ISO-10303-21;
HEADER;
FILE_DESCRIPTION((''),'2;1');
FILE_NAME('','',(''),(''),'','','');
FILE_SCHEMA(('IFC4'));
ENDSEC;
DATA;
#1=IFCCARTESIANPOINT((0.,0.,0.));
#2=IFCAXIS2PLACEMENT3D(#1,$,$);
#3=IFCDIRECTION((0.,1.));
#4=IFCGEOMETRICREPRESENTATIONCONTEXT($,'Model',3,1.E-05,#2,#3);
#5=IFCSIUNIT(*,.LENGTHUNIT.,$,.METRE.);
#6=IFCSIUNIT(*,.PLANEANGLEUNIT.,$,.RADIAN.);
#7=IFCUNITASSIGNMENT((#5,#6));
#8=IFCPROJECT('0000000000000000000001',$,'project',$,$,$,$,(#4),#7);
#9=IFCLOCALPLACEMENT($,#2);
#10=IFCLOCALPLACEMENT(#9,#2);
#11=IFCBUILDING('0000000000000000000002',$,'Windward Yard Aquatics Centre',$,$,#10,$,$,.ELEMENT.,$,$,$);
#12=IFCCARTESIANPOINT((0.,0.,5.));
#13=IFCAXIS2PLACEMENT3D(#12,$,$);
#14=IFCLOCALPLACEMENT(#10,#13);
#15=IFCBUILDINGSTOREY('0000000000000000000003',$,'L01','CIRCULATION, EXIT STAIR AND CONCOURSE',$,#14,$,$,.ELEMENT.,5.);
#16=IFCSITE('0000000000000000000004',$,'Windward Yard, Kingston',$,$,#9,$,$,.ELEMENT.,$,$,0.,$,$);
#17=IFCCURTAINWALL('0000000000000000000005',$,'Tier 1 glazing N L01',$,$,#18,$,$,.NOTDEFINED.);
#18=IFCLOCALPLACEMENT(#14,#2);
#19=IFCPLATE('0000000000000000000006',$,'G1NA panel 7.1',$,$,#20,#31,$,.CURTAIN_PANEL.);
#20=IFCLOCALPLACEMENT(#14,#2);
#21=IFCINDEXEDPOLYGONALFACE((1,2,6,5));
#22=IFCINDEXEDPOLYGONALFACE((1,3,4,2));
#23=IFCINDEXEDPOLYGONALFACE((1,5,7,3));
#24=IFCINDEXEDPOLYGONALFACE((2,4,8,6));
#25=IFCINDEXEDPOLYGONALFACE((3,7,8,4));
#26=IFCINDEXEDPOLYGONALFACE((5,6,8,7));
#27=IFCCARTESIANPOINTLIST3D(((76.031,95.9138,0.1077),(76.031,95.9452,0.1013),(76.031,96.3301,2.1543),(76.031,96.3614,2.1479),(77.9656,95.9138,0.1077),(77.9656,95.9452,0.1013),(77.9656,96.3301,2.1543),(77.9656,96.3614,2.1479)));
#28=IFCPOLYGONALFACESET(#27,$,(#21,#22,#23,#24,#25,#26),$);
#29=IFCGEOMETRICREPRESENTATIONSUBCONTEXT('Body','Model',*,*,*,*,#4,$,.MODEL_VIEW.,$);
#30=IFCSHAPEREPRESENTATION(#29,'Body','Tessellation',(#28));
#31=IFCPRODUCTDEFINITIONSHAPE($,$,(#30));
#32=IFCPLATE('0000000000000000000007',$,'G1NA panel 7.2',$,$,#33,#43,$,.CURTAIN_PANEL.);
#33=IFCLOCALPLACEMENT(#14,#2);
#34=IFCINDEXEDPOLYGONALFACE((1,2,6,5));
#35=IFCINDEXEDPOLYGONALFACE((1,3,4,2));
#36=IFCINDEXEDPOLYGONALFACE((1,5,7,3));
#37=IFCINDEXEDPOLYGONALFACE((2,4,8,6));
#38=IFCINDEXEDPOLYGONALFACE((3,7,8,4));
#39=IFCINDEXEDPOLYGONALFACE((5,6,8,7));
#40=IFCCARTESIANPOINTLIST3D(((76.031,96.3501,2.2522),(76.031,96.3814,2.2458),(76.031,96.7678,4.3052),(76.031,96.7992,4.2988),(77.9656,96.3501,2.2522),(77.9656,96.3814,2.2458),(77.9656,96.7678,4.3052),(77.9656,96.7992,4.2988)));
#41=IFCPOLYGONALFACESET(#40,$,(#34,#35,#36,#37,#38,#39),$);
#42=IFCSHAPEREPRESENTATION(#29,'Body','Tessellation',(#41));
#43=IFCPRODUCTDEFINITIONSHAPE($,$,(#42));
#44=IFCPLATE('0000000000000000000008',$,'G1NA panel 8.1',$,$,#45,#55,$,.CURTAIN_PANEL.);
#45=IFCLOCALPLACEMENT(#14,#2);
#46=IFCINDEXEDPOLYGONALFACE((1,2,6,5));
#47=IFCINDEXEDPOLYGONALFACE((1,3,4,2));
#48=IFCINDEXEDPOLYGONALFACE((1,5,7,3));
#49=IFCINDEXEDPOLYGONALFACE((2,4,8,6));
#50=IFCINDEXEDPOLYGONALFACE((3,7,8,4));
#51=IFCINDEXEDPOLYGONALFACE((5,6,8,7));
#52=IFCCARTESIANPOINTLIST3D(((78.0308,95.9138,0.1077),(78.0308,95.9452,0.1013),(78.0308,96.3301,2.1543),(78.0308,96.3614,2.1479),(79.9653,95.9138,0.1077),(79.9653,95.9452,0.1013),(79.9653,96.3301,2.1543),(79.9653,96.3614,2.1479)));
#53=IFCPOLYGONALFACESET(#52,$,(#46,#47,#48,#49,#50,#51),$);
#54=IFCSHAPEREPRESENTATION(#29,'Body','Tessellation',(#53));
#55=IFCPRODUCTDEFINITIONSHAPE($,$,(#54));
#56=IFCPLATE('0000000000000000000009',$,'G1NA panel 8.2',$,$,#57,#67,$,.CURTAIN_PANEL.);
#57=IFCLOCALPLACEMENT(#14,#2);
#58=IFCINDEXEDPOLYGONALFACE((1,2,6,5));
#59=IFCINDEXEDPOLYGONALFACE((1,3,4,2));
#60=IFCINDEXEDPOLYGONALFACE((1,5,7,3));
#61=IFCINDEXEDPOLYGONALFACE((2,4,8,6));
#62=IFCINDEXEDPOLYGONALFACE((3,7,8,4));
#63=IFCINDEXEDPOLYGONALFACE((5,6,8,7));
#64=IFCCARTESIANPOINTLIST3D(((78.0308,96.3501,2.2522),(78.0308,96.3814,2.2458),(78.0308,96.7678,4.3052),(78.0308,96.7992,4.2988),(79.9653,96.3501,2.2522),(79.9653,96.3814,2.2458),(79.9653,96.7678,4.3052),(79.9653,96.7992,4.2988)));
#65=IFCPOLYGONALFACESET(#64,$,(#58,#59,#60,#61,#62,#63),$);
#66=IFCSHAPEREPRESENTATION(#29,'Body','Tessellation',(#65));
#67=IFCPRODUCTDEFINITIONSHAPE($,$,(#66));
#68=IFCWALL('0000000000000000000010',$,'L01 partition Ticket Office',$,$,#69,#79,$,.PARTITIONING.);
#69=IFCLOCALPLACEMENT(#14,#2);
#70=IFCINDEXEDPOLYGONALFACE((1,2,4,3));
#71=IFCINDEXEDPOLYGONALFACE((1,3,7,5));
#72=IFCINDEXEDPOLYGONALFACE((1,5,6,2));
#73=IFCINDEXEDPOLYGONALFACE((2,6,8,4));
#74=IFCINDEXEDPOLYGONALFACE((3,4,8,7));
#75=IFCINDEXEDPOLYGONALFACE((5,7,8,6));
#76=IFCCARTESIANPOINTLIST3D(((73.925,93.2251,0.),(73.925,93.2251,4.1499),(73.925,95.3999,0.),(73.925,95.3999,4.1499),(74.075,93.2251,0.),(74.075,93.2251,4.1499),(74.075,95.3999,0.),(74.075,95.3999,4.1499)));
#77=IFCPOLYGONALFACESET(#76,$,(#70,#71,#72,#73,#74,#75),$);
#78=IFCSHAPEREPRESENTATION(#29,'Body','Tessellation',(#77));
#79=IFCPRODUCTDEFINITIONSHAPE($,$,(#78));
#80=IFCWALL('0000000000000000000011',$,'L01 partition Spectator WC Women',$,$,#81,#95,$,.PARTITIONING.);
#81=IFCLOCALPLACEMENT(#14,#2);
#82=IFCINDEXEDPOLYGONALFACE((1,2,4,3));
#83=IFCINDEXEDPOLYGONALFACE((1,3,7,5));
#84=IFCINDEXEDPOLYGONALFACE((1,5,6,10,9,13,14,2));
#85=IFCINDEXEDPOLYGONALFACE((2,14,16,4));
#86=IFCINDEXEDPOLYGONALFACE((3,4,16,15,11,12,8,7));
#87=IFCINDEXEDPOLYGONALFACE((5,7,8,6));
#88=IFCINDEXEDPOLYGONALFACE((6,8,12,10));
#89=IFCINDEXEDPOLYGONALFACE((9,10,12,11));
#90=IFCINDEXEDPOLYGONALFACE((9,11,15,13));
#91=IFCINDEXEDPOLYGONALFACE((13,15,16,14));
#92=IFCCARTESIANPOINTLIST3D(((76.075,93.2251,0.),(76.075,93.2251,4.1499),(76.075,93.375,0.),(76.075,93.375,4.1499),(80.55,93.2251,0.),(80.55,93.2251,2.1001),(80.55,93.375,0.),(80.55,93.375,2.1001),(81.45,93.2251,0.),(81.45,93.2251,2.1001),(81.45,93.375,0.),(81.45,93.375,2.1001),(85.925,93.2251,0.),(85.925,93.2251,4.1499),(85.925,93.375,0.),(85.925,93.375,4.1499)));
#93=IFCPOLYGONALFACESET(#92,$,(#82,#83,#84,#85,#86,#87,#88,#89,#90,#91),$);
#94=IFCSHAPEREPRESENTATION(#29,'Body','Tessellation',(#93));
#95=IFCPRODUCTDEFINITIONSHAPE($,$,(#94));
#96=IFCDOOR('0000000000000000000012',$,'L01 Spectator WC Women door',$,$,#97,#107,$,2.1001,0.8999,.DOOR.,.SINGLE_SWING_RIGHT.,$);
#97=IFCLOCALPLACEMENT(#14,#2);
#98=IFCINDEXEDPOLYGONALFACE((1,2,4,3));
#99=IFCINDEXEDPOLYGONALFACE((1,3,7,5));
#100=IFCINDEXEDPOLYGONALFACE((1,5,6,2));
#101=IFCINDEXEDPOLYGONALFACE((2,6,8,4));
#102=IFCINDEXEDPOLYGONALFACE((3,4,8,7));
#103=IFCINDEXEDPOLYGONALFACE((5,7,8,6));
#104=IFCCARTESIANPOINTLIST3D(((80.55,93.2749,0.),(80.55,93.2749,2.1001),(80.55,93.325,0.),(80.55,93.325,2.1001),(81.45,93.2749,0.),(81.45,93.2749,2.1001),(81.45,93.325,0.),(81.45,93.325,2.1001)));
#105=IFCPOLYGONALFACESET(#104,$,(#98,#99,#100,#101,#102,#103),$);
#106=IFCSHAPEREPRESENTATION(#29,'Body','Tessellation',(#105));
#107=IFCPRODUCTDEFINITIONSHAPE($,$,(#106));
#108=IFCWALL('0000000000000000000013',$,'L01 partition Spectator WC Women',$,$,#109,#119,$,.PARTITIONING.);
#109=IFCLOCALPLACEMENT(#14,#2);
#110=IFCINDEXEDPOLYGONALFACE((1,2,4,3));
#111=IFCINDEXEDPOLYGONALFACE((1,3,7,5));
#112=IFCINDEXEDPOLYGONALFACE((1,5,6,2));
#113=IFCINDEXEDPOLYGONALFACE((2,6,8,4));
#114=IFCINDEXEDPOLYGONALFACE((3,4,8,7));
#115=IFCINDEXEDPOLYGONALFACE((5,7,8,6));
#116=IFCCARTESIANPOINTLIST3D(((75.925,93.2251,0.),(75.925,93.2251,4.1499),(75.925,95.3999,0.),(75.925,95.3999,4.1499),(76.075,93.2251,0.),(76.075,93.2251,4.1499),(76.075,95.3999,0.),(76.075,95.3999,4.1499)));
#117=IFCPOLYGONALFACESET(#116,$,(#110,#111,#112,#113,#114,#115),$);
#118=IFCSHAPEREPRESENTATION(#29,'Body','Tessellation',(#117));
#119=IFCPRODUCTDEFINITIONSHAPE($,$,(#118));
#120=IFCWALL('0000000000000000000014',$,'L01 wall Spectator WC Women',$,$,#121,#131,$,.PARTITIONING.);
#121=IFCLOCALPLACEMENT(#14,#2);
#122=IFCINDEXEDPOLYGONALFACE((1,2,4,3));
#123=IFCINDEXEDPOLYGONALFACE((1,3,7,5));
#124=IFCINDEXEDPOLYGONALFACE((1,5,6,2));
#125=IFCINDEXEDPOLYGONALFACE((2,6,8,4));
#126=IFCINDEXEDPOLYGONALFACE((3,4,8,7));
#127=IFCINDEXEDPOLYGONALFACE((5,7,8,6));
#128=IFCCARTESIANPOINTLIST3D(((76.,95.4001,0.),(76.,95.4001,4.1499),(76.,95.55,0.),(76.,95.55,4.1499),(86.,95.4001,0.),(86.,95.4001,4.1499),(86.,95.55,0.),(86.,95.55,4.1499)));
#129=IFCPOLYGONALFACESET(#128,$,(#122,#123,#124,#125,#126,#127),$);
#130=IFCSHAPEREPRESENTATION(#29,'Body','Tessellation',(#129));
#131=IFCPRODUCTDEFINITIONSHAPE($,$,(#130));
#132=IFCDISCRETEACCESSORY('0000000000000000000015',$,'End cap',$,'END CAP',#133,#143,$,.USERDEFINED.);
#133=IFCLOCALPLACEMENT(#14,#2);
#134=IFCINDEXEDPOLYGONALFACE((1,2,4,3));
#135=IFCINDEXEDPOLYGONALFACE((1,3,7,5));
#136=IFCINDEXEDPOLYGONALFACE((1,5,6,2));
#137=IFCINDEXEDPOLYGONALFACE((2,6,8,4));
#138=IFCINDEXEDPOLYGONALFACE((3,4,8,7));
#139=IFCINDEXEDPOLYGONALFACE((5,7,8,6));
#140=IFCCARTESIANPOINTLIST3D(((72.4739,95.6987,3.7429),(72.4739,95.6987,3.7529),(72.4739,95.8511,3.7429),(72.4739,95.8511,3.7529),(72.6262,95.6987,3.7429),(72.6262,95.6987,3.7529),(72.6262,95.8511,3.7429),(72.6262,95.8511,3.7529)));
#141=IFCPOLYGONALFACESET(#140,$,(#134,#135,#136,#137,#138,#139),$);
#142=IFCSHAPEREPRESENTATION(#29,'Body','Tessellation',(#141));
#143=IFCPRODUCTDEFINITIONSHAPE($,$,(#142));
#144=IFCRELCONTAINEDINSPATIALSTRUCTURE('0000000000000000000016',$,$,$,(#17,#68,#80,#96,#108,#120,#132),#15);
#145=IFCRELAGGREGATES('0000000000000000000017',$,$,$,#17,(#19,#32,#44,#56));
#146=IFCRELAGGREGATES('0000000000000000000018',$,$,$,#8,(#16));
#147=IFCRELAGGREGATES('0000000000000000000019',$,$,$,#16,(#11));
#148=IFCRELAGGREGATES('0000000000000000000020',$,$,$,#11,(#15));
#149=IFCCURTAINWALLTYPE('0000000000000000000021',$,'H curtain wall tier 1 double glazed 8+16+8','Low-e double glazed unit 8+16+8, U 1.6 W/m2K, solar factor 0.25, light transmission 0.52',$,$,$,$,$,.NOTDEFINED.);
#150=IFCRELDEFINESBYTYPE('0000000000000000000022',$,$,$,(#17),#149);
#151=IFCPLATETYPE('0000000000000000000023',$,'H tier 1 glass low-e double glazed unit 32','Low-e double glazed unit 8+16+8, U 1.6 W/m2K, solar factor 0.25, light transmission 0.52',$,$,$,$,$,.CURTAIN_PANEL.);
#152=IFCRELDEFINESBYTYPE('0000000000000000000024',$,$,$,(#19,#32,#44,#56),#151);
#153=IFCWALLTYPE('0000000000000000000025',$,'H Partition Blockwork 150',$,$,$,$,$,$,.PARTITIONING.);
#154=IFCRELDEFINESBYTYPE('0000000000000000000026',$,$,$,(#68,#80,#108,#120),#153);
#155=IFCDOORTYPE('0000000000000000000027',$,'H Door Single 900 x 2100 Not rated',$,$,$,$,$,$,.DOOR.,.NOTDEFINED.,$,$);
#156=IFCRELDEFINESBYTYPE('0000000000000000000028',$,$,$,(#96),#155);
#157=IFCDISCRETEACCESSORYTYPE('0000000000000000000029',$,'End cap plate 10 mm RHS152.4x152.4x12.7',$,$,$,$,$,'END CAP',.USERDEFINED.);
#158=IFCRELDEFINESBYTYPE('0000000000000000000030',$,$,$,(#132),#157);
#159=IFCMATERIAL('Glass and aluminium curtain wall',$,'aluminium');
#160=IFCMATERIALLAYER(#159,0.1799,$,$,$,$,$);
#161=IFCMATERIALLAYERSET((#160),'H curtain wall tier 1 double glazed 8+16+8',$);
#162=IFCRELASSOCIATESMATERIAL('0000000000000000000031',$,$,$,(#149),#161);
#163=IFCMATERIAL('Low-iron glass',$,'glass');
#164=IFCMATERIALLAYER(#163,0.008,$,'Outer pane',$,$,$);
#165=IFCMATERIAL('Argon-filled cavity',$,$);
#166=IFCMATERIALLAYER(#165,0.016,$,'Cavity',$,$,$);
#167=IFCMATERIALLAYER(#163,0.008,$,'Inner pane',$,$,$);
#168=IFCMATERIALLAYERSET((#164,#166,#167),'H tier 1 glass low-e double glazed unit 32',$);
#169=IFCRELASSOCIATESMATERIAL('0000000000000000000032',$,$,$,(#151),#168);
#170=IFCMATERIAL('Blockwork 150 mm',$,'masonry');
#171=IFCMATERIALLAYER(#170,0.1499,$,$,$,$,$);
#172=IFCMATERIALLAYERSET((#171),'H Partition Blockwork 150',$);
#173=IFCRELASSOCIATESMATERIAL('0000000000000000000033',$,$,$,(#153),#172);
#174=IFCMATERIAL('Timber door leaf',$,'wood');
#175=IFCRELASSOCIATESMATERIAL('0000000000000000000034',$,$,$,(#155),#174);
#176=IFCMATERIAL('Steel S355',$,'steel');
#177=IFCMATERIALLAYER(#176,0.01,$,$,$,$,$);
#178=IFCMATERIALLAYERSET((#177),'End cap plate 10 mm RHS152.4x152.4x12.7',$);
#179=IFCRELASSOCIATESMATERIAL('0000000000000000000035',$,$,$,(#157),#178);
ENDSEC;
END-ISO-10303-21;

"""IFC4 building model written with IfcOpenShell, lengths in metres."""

from ifc_helpers import new_model, si_unit, direction, frame, frame_2d, origin, origin_2d, place, context, subcontext, project, spatial, polyline, rectangle, outline, extrude, material, layer, layer_set, type_object, element, fill, aggregate, save


model = new_model("IFC4")

# Units and contexts
model_context = context("Model", 3, precision=1e-05, world=origin(), true_north=direction((0.0, 1.0)))
body_context = subcontext(model_context, "Body", "Model", "MODEL_VIEW")
ifc_project = project(units=[si_unit("LENGTHUNIT", "METRE"), si_unit("PLANEANGLEUNIT", "RADIAN")], contexts=[model_context])

# Site, building, storey
site_placement = place(None, origin())
site = spatial("IfcSite", under=ifc_project, at=site_placement, Name="Windward Yard, Kingston", CompositionType="ELEMENT", RefElevation=0.0)
building_placement = place(site_placement, origin())
building = spatial("IfcBuilding", under=site, at=building_placement, Name="Windward Yard Aquatics Centre", CompositionType="ELEMENT")
storey_placement = place(building_placement, frame((0.0, 0.0, 5.0)))
storey = spatial("IfcBuildingStorey", under=building, at=storey_placement, Name="L01", Description="CIRCULATION, EXIT STAIR AND CONCOURSE", CompositionType="ELEMENT", Elevation=5.0)

# Curtain wall, plates
ifc_material_1 = material(Name="Glass and aluminium curtain wall", Category="aluminium")
ifc_layer_1 = layer(ifc_material_1, 0.1799)
ifc_layer_set_1 = layer_set([ifc_layer_1], Name="H curtain wall tier 1 double glazed 8+16+8")
curtain_wall_type = type_object("IfcCurtainWallType", Name="H curtain wall tier 1 double glazed 8+16+8", Description="Low-e double glazed unit 8+16+8, U 1.6 W/m2K, solar factor 0.25, light transmission 0.52", PredefinedType="NOTDEFINED", material=ifc_layer_set_1)
curtain_wall_placement = place(storey_placement, origin())
curtain_wall = element("IfcCurtainWall", 1, at=curtain_wall_placement, inside=storey, type_object=curtain_wall_type, Name="Tier 1 glazing N L01", PredefinedType="NOTDEFINED")
ifc_material_2 = material(Name="Low-iron glass", Category="glass")
ifc_layer_2 = layer(ifc_material_2, 0.008, Name="Outer pane")
ifc_material_3 = material(Name="Argon-filled cavity")
ifc_layer_3 = layer(ifc_material_3, 0.016, Name="Cavity")
ifc_layer_4 = layer(ifc_material_2, 0.008, Name="Inner pane")
ifc_layer_set_2 = layer_set([ifc_layer_2, ifc_layer_3, ifc_layer_4], Name="H tier 1 glass low-e double glazed unit 32")
plate_type = type_object("IfcPlateType", Name="H tier 1 glass low-e double glazed unit 32", Description="Low-e double glazed unit 8+16+8, U 1.6 W/m2K, solar factor 0.25, light transmission 0.52", PredefinedType="CURTAIN_PANEL", material=ifc_layer_set_2)
plate_1_placement = place(storey_placement, frame((76.031, 95.9138, 0.1077), z_axis=(0.0, -0.979937, 0.199307), x_axis=(1.0, 0.0, 0.0)))
plate_1 = element("IfcPlate", 2, at=plate_1_placement, type_object=plate_type, Name="G1NA panel 7.1", PredefinedType="CURTAIN_PANEL", context=body_context, shape_type="SweptSolid", body=[
    extrude(outline(polyline([(0.0, 0.0), (1.9346, 0.0), (1.9346, 2.0885), (0.0, 2.0885), (0.0, 0.0)])), origin(), (0.0, 0.0, -1.0), 0.032),
])
plate_2_placement = place(storey_placement, frame((76.031, 96.3501, 2.2522), z_axis=(0.0, -0.979921, 0.199387), x_axis=(1.0, 0.0, 0.0)))
plate_2 = element("IfcPlate", 3, at=plate_2_placement, type_object=plate_type, Name="G1NA panel 7.2", PredefinedType="CURTAIN_PANEL", context=body_context, shape_type="SweptSolid", body=[
    extrude(outline(polyline([(0.0, 0.0), (1.9346, 0.0), (1.9346, 2.095), (0.0, 2.095), (0.0, 0.0)])), origin(), (0.0, 0.0, -1.0), 0.032),
])
plate_3_placement = place(storey_placement, frame((78.0308, 95.9138, 0.1077), z_axis=(0.0, -0.979937, 0.199307), x_axis=(1.0, 0.0, 0.0)))
plate_3 = element("IfcPlate", 4, at=plate_3_placement, type_object=plate_type, Name="G1NA panel 8.1", PredefinedType="CURTAIN_PANEL", context=body_context, shape_type="SweptSolid", body=[
    extrude(outline(polyline([(0.0, 0.0), (1.9346, 0.0), (1.9346, 2.0885), (0.0, 2.0885), (0.0, 0.0)])), origin(), (0.0, 0.0, -1.0), 0.032),
])
plate_4_placement = place(storey_placement, frame((78.0308, 96.3501, 2.2522), z_axis=(0.0, -0.979921, 0.199387), x_axis=(1.0, 0.0, 0.0)))
plate_4 = element("IfcPlate", 5, at=plate_4_placement, type_object=plate_type, Name="G1NA panel 8.2", PredefinedType="CURTAIN_PANEL", context=body_context, shape_type="SweptSolid", body=[
    extrude(outline(polyline([(0.0, 0.0), (1.9346, 0.0), (1.9346, 2.095), (0.0, 2.095), (0.0, 0.0)])), origin(), (0.0, 0.0, -1.0), 0.032),
])
aggregate(curtain_wall, [plate_1, plate_2, plate_3, plate_4])

# Wall
ifc_material_4 = material(Name="Blockwork 150 mm", Category="masonry")
ifc_layer_5 = layer(ifc_material_4, 0.1499)
ifc_layer_set_3 = layer_set([ifc_layer_5], Name="H Partition Blockwork 150")
wall_type = type_object("IfcWallType", Name="H Partition Blockwork 150", PredefinedType="PARTITIONING", material=ifc_layer_set_3)
wall_1_placement = place(storey_placement, frame((74.0, 95.3999, 0.0), z_axis=(0.0, 0.0, 1.0), x_axis=(0.0, -1.0, 0.0)))
element("IfcWall", 6, at=wall_1_placement, inside=storey, type_object=wall_type, Name="L01 partition Ticket Office", PredefinedType="PARTITIONING", context=body_context, shape_type="SweptSolid", body=[
    extrude(rectangle(XDim=2.1748, YDim=0.1499, at=frame_2d((1.0874, 0.0))), origin(), (0.0, 0.0, 1.0), 4.1499),
])

# Wall, opening, door
wall_2_placement = place(storey_placement, frame((76.075, 93.3, 0.0), z_axis=(0.0, 0.0, 1.0), x_axis=(1.0, 0.0, 0.0)))
wall_2 = element("IfcWall", 7, at=wall_2_placement, inside=storey, type_object=wall_type, Name="L01 partition Spectator WC Women", PredefinedType="PARTITIONING", context=body_context, shape_type="SweptSolid", body=[
    extrude(rectangle(XDim=9.8501, YDim=0.1499, at=frame_2d((4.925, 0.0))), origin(), (0.0, 0.0, 1.0), 4.1499),
])
opening_placement = place(wall_2_placement, frame((4.4751, 0.0, 0.0)))
opening = element("IfcOpeningElement", 8, at=opening_placement, cuts=wall_2, PredefinedType="OPENING", context=body_context, shape_type="SweptSolid", body=[
    extrude(rectangle(XDim=0.8999, YDim=2.1001, at=frame_2d((0.45, 1.05))), frame((0.0, 0.085, 0.0), z_axis=(0.0, -1.0, 0.0), x_axis=(1.0, 0.0, 0.0)), (0.0, 0.0, 1.0), 0.1699),
])
ifc_material_5 = material(Name="Timber door leaf", Category="wood")
door_type = type_object("IfcDoorType", Name="H Door Single 900 x 2100 Not rated", OperationType="NOTDEFINED", PredefinedType="DOOR", material=ifc_material_5)
door_placement = place(opening_placement, origin())
door = element("IfcDoor", 9, at=door_placement, inside=storey, type_object=door_type, Name="L01 Spectator WC Women door", OperationType="SINGLE_SWING_RIGHT", OverallHeight=2.1001, OverallWidth=0.8999, PredefinedType="DOOR", context=body_context, shape_type="SweptSolid", body=[
    extrude(rectangle(XDim=0.8999, YDim=2.1001, at=frame_2d((0.45, 1.05))), frame((0.0, 0.0249, 0.0), z_axis=(0.0, -1.0, 0.0), x_axis=(1.0, 0.0, 0.0)), (0.0, 0.0, 1.0), 0.05),
])
fill(opening, door)

# Walls
wall_3_placement = place(storey_placement, frame((76.0, 95.3999, 0.0), z_axis=(0.0, 0.0, 1.0), x_axis=(0.0, -1.0, 0.0)))
element("IfcWall", 10, at=wall_3_placement, inside=storey, type_object=wall_type, Name="L01 partition Spectator WC Women", PredefinedType="PARTITIONING", context=body_context, shape_type="SweptSolid", body=[
    extrude(rectangle(XDim=2.1748, YDim=0.1499, at=frame_2d((1.0874, 0.0))), origin(), (0.0, 0.0, 1.0), 4.1499),
])
wall_4_placement = place(storey_placement, frame((76.0, 95.4751, 0.0), z_axis=(0.0, 0.0, 1.0), x_axis=(1.0, 0.0, 0.0)))
element("IfcWall", 11, at=wall_4_placement, inside=storey, type_object=wall_type, Name="L01 wall Spectator WC Women", PredefinedType="PARTITIONING", context=body_context, shape_type="SweptSolid", body=[
    extrude(rectangle(XDim=10.0, YDim=0.1499, at=frame_2d((5.0, 0.0))), origin(), (0.0, 0.0, 1.0), 4.1499),
])

# Discrete accessory
ifc_material_6 = material(Name="Steel S355", Category="steel")
ifc_layer_6 = layer(ifc_material_6, 0.01)
ifc_layer_set_4 = layer_set([ifc_layer_6], Name="End cap plate 10 mm RHS152.4x152.4x12.7")
discrete_accessory_type = type_object("IfcDiscreteAccessoryType", Name="End cap plate 10 mm RHS152.4x152.4x12.7", ElementType="END CAP", PredefinedType="USERDEFINED", material=ifc_layer_set_4)
discrete_accessory_placement = place(storey_placement, frame((72.55, 95.7749, 3.7429), z_axis=(0.0, 0.0, 1.0), x_axis=(1.0, 0.0, 0.0)))
element("IfcDiscreteAccessory", 12, at=discrete_accessory_placement, inside=storey, type_object=discrete_accessory_type, Name="End cap", ObjectType="END CAP", PredefinedType="USERDEFINED", context=body_context, shape_type="SweptSolid", body=[
    extrude(rectangle(XDim=0.1523, YDim=0.1523, at=origin_2d()), origin(), (0.0, 0.0, 1.0), 0.01),
])

save(model, "model.ifc")
